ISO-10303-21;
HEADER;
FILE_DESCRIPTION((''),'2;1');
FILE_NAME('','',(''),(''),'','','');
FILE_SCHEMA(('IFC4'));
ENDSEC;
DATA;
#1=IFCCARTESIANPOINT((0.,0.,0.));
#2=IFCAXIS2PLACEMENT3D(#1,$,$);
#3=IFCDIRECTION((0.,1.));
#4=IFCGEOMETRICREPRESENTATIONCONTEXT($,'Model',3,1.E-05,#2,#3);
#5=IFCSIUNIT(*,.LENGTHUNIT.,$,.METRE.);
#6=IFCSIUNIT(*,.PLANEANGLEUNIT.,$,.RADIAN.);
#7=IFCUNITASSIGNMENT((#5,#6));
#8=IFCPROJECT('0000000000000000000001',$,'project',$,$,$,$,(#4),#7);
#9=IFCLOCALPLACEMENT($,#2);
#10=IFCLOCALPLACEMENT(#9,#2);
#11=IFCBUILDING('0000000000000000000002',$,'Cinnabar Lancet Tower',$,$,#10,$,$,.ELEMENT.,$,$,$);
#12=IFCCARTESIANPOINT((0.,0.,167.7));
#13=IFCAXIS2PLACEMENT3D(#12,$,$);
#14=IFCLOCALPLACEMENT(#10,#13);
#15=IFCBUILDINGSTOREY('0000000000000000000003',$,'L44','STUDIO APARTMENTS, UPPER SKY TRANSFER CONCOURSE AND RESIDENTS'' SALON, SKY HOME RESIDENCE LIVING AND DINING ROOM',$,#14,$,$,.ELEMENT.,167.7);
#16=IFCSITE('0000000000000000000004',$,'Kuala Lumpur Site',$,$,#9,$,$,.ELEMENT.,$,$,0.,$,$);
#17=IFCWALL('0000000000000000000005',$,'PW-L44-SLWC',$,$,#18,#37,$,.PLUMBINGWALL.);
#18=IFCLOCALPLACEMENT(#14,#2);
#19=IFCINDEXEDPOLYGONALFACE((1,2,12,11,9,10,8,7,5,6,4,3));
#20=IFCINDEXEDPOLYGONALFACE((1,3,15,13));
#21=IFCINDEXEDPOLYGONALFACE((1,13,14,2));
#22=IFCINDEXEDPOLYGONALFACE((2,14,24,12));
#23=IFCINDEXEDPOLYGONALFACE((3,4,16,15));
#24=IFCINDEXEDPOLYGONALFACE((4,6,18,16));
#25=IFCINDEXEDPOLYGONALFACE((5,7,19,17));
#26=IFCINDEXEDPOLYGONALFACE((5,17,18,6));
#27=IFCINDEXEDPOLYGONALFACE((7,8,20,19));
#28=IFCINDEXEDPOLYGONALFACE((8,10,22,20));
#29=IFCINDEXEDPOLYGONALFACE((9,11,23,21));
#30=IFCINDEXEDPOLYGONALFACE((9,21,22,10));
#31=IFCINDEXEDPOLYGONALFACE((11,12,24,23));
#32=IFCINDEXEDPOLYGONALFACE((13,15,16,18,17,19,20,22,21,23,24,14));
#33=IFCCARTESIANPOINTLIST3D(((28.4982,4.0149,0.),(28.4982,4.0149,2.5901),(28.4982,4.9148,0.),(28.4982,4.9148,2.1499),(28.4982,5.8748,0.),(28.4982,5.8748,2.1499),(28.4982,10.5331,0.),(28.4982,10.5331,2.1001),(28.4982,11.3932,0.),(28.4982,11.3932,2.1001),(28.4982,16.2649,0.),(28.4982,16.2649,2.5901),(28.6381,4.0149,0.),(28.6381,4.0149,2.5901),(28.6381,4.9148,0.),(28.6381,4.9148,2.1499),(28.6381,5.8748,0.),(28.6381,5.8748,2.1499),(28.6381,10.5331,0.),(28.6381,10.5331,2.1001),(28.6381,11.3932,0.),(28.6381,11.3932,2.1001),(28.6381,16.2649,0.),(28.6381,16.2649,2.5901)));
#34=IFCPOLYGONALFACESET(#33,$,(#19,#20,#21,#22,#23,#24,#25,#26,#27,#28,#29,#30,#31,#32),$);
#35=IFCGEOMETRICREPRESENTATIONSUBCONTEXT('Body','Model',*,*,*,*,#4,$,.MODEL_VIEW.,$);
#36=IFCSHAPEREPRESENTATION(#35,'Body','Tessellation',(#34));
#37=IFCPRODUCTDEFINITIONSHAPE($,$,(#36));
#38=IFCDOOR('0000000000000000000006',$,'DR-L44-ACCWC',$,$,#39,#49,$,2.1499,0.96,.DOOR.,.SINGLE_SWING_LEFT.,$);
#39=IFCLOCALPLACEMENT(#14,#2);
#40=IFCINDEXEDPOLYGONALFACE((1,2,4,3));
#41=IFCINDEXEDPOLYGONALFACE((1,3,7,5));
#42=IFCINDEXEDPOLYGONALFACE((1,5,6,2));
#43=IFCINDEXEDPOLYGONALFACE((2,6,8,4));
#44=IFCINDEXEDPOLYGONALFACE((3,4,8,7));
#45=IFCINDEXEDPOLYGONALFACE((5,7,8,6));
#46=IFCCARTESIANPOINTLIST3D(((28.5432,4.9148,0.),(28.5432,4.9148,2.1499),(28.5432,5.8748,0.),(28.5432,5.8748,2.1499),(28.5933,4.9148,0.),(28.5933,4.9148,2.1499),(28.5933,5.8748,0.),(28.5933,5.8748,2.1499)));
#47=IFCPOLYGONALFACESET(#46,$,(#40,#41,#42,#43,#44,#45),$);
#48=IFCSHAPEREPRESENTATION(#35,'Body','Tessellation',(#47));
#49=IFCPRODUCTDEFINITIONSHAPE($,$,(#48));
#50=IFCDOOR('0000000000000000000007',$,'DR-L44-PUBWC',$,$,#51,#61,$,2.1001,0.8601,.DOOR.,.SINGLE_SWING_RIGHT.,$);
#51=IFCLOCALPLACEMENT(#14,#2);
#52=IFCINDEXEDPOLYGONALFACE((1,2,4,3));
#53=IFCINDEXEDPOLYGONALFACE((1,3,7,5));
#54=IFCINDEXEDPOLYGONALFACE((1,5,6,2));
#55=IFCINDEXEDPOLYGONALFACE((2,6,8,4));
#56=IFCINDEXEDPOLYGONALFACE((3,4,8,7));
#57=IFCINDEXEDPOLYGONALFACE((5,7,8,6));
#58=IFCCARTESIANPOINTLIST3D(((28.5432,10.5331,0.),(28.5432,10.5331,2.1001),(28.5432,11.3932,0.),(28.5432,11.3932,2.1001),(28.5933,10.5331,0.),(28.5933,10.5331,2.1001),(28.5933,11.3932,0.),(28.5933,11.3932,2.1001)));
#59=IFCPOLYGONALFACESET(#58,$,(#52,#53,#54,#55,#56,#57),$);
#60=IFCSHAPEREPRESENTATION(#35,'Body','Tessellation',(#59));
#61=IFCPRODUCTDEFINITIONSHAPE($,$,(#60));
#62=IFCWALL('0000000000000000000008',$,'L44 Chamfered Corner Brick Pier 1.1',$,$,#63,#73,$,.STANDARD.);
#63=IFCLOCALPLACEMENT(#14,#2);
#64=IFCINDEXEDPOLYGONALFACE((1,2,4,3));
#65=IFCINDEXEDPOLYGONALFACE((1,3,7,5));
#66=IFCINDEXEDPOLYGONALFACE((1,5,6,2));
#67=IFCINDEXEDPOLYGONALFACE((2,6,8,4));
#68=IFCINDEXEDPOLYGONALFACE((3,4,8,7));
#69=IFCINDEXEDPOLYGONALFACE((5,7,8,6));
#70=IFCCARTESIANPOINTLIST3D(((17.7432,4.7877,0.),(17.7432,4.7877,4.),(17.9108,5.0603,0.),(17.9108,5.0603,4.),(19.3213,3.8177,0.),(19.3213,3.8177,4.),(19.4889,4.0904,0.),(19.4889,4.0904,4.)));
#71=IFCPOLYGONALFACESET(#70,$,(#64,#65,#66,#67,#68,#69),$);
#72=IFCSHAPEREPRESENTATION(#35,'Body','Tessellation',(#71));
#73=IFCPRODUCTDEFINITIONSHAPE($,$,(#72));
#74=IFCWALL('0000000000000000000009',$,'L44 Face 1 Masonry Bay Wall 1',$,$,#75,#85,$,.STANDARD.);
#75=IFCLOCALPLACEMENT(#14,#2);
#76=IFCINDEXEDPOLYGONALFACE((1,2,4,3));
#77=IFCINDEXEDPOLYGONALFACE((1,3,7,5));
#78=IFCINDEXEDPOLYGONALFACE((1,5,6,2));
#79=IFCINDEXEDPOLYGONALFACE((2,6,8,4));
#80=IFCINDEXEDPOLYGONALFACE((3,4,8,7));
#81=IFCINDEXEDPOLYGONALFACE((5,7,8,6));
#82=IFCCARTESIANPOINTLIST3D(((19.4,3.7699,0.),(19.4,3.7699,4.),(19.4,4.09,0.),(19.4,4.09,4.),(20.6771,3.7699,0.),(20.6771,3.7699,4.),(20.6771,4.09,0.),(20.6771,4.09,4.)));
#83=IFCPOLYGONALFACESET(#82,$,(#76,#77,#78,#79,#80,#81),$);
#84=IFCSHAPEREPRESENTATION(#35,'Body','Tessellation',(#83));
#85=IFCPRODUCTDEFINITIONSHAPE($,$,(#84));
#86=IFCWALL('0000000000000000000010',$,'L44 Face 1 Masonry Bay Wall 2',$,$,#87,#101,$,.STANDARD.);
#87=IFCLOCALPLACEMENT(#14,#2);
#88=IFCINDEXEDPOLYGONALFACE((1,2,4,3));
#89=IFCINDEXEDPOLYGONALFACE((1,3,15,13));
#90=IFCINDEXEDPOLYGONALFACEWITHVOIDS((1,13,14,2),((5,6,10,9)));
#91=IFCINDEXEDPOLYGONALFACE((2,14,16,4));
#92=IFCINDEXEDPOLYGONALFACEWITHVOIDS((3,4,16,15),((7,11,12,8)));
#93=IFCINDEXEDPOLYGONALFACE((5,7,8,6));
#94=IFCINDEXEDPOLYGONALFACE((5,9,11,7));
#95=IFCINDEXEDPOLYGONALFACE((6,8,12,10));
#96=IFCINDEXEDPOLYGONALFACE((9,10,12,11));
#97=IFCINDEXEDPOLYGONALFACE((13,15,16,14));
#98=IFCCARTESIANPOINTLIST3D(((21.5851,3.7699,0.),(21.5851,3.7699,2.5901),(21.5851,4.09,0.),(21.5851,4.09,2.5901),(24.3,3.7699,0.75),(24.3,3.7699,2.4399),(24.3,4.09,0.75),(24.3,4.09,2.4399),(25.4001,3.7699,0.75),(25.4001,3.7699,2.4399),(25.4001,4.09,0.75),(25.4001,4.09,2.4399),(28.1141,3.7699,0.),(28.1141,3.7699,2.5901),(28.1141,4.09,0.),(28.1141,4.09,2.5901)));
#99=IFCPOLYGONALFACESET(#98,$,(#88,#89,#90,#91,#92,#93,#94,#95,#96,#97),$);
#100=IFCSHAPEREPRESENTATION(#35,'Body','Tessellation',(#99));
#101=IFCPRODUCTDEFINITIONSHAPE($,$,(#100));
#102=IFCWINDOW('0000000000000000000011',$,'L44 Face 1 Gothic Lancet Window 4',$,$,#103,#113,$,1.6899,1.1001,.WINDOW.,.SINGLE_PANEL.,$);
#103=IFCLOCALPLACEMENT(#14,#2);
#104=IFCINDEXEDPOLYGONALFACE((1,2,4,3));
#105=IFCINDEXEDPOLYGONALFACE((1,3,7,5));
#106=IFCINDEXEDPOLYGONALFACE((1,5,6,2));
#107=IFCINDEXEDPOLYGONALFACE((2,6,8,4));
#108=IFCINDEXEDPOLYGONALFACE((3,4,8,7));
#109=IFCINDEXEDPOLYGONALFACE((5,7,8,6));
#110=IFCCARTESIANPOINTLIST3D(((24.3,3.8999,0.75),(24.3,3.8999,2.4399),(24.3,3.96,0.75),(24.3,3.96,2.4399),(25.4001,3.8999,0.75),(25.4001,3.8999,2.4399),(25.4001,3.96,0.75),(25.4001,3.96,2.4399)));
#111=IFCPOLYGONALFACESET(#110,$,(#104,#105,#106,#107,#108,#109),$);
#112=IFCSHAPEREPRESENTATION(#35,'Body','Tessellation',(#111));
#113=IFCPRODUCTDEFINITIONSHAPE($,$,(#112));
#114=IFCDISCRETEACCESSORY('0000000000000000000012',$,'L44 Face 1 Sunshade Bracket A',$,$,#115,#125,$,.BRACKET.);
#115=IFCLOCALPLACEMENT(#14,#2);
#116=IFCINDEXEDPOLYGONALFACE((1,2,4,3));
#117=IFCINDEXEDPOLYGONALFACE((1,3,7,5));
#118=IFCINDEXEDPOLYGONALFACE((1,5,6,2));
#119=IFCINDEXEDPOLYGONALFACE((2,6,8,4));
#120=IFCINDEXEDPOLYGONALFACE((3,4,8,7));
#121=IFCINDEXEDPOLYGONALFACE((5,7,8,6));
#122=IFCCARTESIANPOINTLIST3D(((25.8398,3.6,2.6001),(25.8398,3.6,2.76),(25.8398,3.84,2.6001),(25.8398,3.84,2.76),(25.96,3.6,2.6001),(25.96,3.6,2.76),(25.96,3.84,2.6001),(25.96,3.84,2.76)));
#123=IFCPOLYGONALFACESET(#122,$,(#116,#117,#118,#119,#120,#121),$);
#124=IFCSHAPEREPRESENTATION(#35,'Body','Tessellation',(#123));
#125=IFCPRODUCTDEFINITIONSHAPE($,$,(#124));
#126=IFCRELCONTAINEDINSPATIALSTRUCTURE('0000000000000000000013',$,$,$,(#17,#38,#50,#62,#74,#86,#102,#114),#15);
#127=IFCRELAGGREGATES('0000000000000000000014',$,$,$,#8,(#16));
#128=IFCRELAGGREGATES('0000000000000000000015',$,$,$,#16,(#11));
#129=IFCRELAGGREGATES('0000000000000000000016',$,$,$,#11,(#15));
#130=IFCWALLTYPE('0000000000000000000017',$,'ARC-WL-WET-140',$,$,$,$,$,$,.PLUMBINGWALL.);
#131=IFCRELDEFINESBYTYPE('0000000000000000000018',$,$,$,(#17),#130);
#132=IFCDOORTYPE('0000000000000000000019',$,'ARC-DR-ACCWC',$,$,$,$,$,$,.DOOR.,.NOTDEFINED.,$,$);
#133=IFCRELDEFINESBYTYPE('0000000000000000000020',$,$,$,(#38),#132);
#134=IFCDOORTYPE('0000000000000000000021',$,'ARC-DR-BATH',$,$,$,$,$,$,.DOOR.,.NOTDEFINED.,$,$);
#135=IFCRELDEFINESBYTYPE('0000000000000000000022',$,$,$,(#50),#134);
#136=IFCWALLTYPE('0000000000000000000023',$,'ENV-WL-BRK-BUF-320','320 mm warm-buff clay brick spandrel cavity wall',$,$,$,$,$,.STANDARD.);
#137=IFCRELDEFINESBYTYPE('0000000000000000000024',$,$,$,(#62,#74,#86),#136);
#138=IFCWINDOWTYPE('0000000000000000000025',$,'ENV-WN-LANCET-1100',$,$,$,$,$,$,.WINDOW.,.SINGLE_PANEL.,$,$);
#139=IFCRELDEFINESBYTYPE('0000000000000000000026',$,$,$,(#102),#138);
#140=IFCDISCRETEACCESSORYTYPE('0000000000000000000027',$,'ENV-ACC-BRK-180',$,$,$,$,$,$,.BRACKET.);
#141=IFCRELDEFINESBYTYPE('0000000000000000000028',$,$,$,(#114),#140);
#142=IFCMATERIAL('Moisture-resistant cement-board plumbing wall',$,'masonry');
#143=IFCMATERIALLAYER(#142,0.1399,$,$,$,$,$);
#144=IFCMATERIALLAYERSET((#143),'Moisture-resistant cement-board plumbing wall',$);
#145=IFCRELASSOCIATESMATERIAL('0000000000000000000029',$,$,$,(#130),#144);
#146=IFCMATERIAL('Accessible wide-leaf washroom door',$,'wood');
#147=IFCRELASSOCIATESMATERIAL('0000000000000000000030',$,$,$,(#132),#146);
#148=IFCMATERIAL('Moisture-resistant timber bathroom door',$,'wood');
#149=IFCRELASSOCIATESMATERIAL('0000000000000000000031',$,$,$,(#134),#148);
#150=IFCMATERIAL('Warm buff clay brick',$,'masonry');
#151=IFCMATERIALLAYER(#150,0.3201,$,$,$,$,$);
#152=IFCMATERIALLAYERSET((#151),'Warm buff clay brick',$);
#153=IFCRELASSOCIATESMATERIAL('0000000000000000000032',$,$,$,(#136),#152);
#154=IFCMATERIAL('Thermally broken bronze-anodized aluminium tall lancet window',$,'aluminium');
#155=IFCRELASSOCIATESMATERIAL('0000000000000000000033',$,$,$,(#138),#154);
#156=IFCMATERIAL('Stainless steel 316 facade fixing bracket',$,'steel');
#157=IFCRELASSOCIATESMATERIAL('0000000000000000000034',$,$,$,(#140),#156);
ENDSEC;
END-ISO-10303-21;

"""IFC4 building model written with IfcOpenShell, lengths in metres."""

from ifc_helpers import new_model, si_unit, direction, frame, frame_2d, origin, origin_2d, place, context, subcontext, project, spatial, rectangle, extrude, material, layer, layer_set, type_object, element, fill, save


model = new_model("IFC4")

# Units and contexts
model_context = context("Model", 3, precision=1e-05, world=origin(), true_north=direction((0.0, 1.0)))
body_context = subcontext(model_context, "Body", "Model", "MODEL_VIEW")
ifc_project = project(units=[si_unit("LENGTHUNIT", "METRE"), si_unit("PLANEANGLEUNIT", "RADIAN")], contexts=[model_context])

# Site, building, storey
site_placement = place(None, origin())
site = spatial("IfcSite", under=ifc_project, at=site_placement, Name="Kuala Lumpur Site", CompositionType="ELEMENT", RefElevation=0.0)
building_placement = place(site_placement, origin())
building = spatial("IfcBuilding", under=site, at=building_placement, Name="Cinnabar Lancet Tower", CompositionType="ELEMENT")
storey_placement = place(building_placement, frame((0.0, 0.0, 167.7)))
storey = spatial("IfcBuildingStorey", under=building, at=storey_placement, Name="L44", Description="STUDIO APARTMENTS, UPPER SKY TRANSFER CONCOURSE AND RESIDENTS' SALON, SKY HOME RESIDENCE LIVING AND DINING ROOM", CompositionType="ELEMENT", Elevation=167.7)

# Wall, openings, doors
ifc_material_1 = material(Name="Moisture-resistant cement-board plumbing wall", Category="masonry")
ifc_layer_1 = layer(ifc_material_1, 0.1399)
ifc_layer_set_1 = layer_set([ifc_layer_1], Name="Moisture-resistant cement-board plumbing wall")
wall_type_1 = type_object("IfcWallType", Name="ARC-WL-WET-140", PredefinedType="PLUMBINGWALL", material=ifc_layer_set_1)
wall_1_placement = place(storey_placement, frame((28.5681, 4.0149, 0.0), z_axis=(0.0, 0.0, 1.0), x_axis=(0.0, 1.0, 0.0)))
wall_1 = element("IfcWall", 1, at=wall_1_placement, inside=storey, type_object=wall_type_1, Name="PW-L44-SLWC", PredefinedType="PLUMBINGWALL", context=body_context, shape_type="SweptSolid", body=[
    extrude(rectangle(XDim=12.25, YDim=0.1399, at=frame_2d((6.125, 0.0))), origin(), (0.0, 0.0, 1.0), 2.5901),
])
opening_1_placement = place(wall_1_placement, frame((6.5181, 0.0, 0.0)))
opening_1 = element("IfcOpeningElement", 2, at=opening_1_placement, cuts=wall_1, PredefinedType="OPENING", context=body_context, shape_type="SweptSolid", body=[
    extrude(rectangle(XDim=0.8601, YDim=2.1001, at=frame_2d((0.4302, 1.05))), frame((0.0, 0.0798, 0.0), z_axis=(0.0, -1.0, 0.0), x_axis=(1.0, 0.0, 0.0)), (0.0, 0.0, 1.0), 0.1599),
])
opening_2_placement = place(wall_1_placement, frame((0.8999, 0.0, 0.0)))
opening_2 = element("IfcOpeningElement", 3, at=opening_2_placement, cuts=wall_1, PredefinedType="OPENING", context=body_context, shape_type="SweptSolid", body=[
    extrude(rectangle(XDim=0.96, YDim=2.1499, at=frame_2d((0.48, 1.075))), frame((0.0, 0.0798, 0.0), z_axis=(0.0, -1.0, 0.0), x_axis=(1.0, 0.0, 0.0)), (0.0, 0.0, 1.0), 0.1599),
])
ifc_material_2 = material(Name="Accessible wide-leaf washroom door", Category="wood")
door_type_1 = type_object("IfcDoorType", Name="ARC-DR-ACCWC", OperationType="NOTDEFINED", PredefinedType="DOOR", material=ifc_material_2)
door_1_placement = place(opening_2_placement, origin())
door_1 = element("IfcDoor", 4, at=door_1_placement, inside=storey, type_object=door_type_1, Name="DR-L44-ACCWC", OperationType="SINGLE_SWING_LEFT", OverallHeight=2.1499, OverallWidth=0.96, PredefinedType="DOOR", context=body_context, shape_type="SweptSolid", body=[
    extrude(rectangle(XDim=0.96, YDim=2.1499, at=frame_2d((0.48, 1.075))), frame((0.0, 0.0249, 0.0), z_axis=(0.0, -1.0, 0.0), x_axis=(1.0, 0.0, 0.0)), (0.0, 0.0, 1.0), 0.05),
])
fill(opening_2, door_1)
ifc_material_3 = material(Name="Moisture-resistant timber bathroom door", Category="wood")
door_type_2 = type_object("IfcDoorType", Name="ARC-DR-BATH", OperationType="NOTDEFINED", PredefinedType="DOOR", material=ifc_material_3)
door_2_placement = place(opening_1_placement, origin())
door_2 = element("IfcDoor", 5, at=door_2_placement, inside=storey, type_object=door_type_2, Name="DR-L44-PUBWC", OperationType="SINGLE_SWING_RIGHT", OverallHeight=2.1001, OverallWidth=0.8601, PredefinedType="DOOR", context=body_context, shape_type="SweptSolid", body=[
    extrude(rectangle(XDim=0.8601, YDim=2.1001, at=frame_2d((0.4302, 1.05))), frame((0.0, 0.0249, 0.0), z_axis=(0.0, -1.0, 0.0), x_axis=(1.0, 0.0, 0.0)), (0.0, 0.0, 1.0), 0.05),
])
fill(opening_1, door_2)

# Walls
ifc_material_4 = material(Name="Warm buff clay brick", Category="masonry")
ifc_layer_2 = layer(ifc_material_4, 0.3201)
ifc_layer_set_2 = layer_set([ifc_layer_2], Name="Warm buff clay brick")
wall_type_2 = type_object("IfcWallType", Name="ENV-WL-BRK-BUF-320", Description="320 mm warm-buff clay brick spandrel cavity wall", PredefinedType="STANDARD", material=ifc_layer_set_2)
wall_2_placement = place(storey_placement, frame((17.8269, 4.9241, 0.0), z_axis=(0.0, 0.0, 1.0), x_axis=(0.851943, -0.523634, 0.0)))
element("IfcWall", 6, at=wall_2_placement, inside=storey, type_object=wall_type_2, Name="L44 Chamfered Corner Brick Pier 1.1", PredefinedType="STANDARD", context=body_context, shape_type="SweptSolid", body=[
    extrude(rectangle(XDim=1.8523, YDim=0.3201, at=frame_2d((0.9263, 0.0))), origin(), (0.0, 0.0, 1.0), 4.0),
])
wall_3_placement = place(storey_placement, frame((19.3999, 3.9299, 0.0), z_axis=(0.0, 0.0, 1.0), x_axis=(1.0, 0.0, 0.0)))
element("IfcWall", 7, at=wall_3_placement, inside=storey, type_object=wall_type_2, Name="L44 Face 1 Masonry Bay Wall 1", PredefinedType="STANDARD", context=body_context, shape_type="SweptSolid", body=[
    extrude(rectangle(XDim=1.2771, YDim=0.3201, at=frame_2d((0.6387, 0.0))), origin(), (0.0, 0.0, 1.0), 4.0),
])

# Wall, opening, window
wall_4_placement = place(storey_placement, frame((21.585, 3.9299, 0.0), z_axis=(0.0, 0.0, 1.0), x_axis=(1.0, 0.0, 0.0)))
wall_4 = element("IfcWall", 8, at=wall_4_placement, inside=storey, type_object=wall_type_2, Name="L44 Face 1 Masonry Bay Wall 2", PredefinedType="STANDARD", context=body_context, shape_type="SweptSolid", body=[
    extrude(rectangle(XDim=6.5291, YDim=0.3201, at=frame_2d((3.2646, 0.0))), origin(), (0.0, 0.0, 1.0), 2.5901),
])
opening_3_placement = place(wall_4_placement, frame((2.7151, 0.0, 0.75)))
opening_3 = element("IfcOpeningElement", 9, at=opening_3_placement, cuts=wall_4, PredefinedType="OPENING", context=body_context, shape_type="SweptSolid", body=[
    extrude(rectangle(XDim=1.1001, YDim=1.6899, at=frame_2d((0.55, 0.845))), frame((0.0, 0.1699, 0.0), z_axis=(0.0, -1.0, 0.0), x_axis=(1.0, 0.0, 0.0)), (0.0, 0.0, 1.0), 0.3401),
])
ifc_material_5 = material(Name="Thermally broken bronze-anodized aluminium tall lancet window", Category="aluminium")
window_type = type_object("IfcWindowType", Name="ENV-WN-LANCET-1100", PartitioningType="SINGLE_PANEL", PredefinedType="WINDOW", material=ifc_material_5)
window_placement = place(opening_3_placement, origin())
window = element("IfcWindow", 10, at=window_placement, inside=storey, type_object=window_type, Name="L44 Face 1 Gothic Lancet Window 4", OverallHeight=1.6899, OverallWidth=1.1001, PartitioningType="SINGLE_PANEL", PredefinedType="WINDOW", context=body_context, shape_type="SweptSolid", body=[
    extrude(rectangle(XDim=1.1001, YDim=1.6899, at=frame_2d((0.55, 0.845))), frame((0.0, 0.03, 0.0), z_axis=(0.0, -1.0, 0.0), x_axis=(1.0, 0.0, 0.0)), (0.0, 0.0, 1.0), 0.0601),
])
fill(opening_3, window)

# Discrete accessory
ifc_material_6 = material(Name="Stainless steel 316 facade fixing bracket", Category="steel")
discrete_accessory_type = type_object("IfcDiscreteAccessoryType", Name="ENV-ACC-BRK-180", PredefinedType="BRACKET", material=ifc_material_6)
discrete_accessory_placement = place(storey_placement, frame((25.8999, 3.72, 2.6001), z_axis=(0.0, 0.0, 1.0), x_axis=(1.0, 0.0, 0.0)))
element("IfcDiscreteAccessory", 11, at=discrete_accessory_placement, inside=storey, type_object=discrete_accessory_type, Name="L44 Face 1 Sunshade Bracket A", PredefinedType="BRACKET", context=body_context, shape_type="SweptSolid", body=[
    extrude(rectangle(XDim=0.1201, YDim=0.24, at=origin_2d()), origin(), (0.0, 0.0, 1.0), 0.1599),
])

save(model, "model.ifc")
